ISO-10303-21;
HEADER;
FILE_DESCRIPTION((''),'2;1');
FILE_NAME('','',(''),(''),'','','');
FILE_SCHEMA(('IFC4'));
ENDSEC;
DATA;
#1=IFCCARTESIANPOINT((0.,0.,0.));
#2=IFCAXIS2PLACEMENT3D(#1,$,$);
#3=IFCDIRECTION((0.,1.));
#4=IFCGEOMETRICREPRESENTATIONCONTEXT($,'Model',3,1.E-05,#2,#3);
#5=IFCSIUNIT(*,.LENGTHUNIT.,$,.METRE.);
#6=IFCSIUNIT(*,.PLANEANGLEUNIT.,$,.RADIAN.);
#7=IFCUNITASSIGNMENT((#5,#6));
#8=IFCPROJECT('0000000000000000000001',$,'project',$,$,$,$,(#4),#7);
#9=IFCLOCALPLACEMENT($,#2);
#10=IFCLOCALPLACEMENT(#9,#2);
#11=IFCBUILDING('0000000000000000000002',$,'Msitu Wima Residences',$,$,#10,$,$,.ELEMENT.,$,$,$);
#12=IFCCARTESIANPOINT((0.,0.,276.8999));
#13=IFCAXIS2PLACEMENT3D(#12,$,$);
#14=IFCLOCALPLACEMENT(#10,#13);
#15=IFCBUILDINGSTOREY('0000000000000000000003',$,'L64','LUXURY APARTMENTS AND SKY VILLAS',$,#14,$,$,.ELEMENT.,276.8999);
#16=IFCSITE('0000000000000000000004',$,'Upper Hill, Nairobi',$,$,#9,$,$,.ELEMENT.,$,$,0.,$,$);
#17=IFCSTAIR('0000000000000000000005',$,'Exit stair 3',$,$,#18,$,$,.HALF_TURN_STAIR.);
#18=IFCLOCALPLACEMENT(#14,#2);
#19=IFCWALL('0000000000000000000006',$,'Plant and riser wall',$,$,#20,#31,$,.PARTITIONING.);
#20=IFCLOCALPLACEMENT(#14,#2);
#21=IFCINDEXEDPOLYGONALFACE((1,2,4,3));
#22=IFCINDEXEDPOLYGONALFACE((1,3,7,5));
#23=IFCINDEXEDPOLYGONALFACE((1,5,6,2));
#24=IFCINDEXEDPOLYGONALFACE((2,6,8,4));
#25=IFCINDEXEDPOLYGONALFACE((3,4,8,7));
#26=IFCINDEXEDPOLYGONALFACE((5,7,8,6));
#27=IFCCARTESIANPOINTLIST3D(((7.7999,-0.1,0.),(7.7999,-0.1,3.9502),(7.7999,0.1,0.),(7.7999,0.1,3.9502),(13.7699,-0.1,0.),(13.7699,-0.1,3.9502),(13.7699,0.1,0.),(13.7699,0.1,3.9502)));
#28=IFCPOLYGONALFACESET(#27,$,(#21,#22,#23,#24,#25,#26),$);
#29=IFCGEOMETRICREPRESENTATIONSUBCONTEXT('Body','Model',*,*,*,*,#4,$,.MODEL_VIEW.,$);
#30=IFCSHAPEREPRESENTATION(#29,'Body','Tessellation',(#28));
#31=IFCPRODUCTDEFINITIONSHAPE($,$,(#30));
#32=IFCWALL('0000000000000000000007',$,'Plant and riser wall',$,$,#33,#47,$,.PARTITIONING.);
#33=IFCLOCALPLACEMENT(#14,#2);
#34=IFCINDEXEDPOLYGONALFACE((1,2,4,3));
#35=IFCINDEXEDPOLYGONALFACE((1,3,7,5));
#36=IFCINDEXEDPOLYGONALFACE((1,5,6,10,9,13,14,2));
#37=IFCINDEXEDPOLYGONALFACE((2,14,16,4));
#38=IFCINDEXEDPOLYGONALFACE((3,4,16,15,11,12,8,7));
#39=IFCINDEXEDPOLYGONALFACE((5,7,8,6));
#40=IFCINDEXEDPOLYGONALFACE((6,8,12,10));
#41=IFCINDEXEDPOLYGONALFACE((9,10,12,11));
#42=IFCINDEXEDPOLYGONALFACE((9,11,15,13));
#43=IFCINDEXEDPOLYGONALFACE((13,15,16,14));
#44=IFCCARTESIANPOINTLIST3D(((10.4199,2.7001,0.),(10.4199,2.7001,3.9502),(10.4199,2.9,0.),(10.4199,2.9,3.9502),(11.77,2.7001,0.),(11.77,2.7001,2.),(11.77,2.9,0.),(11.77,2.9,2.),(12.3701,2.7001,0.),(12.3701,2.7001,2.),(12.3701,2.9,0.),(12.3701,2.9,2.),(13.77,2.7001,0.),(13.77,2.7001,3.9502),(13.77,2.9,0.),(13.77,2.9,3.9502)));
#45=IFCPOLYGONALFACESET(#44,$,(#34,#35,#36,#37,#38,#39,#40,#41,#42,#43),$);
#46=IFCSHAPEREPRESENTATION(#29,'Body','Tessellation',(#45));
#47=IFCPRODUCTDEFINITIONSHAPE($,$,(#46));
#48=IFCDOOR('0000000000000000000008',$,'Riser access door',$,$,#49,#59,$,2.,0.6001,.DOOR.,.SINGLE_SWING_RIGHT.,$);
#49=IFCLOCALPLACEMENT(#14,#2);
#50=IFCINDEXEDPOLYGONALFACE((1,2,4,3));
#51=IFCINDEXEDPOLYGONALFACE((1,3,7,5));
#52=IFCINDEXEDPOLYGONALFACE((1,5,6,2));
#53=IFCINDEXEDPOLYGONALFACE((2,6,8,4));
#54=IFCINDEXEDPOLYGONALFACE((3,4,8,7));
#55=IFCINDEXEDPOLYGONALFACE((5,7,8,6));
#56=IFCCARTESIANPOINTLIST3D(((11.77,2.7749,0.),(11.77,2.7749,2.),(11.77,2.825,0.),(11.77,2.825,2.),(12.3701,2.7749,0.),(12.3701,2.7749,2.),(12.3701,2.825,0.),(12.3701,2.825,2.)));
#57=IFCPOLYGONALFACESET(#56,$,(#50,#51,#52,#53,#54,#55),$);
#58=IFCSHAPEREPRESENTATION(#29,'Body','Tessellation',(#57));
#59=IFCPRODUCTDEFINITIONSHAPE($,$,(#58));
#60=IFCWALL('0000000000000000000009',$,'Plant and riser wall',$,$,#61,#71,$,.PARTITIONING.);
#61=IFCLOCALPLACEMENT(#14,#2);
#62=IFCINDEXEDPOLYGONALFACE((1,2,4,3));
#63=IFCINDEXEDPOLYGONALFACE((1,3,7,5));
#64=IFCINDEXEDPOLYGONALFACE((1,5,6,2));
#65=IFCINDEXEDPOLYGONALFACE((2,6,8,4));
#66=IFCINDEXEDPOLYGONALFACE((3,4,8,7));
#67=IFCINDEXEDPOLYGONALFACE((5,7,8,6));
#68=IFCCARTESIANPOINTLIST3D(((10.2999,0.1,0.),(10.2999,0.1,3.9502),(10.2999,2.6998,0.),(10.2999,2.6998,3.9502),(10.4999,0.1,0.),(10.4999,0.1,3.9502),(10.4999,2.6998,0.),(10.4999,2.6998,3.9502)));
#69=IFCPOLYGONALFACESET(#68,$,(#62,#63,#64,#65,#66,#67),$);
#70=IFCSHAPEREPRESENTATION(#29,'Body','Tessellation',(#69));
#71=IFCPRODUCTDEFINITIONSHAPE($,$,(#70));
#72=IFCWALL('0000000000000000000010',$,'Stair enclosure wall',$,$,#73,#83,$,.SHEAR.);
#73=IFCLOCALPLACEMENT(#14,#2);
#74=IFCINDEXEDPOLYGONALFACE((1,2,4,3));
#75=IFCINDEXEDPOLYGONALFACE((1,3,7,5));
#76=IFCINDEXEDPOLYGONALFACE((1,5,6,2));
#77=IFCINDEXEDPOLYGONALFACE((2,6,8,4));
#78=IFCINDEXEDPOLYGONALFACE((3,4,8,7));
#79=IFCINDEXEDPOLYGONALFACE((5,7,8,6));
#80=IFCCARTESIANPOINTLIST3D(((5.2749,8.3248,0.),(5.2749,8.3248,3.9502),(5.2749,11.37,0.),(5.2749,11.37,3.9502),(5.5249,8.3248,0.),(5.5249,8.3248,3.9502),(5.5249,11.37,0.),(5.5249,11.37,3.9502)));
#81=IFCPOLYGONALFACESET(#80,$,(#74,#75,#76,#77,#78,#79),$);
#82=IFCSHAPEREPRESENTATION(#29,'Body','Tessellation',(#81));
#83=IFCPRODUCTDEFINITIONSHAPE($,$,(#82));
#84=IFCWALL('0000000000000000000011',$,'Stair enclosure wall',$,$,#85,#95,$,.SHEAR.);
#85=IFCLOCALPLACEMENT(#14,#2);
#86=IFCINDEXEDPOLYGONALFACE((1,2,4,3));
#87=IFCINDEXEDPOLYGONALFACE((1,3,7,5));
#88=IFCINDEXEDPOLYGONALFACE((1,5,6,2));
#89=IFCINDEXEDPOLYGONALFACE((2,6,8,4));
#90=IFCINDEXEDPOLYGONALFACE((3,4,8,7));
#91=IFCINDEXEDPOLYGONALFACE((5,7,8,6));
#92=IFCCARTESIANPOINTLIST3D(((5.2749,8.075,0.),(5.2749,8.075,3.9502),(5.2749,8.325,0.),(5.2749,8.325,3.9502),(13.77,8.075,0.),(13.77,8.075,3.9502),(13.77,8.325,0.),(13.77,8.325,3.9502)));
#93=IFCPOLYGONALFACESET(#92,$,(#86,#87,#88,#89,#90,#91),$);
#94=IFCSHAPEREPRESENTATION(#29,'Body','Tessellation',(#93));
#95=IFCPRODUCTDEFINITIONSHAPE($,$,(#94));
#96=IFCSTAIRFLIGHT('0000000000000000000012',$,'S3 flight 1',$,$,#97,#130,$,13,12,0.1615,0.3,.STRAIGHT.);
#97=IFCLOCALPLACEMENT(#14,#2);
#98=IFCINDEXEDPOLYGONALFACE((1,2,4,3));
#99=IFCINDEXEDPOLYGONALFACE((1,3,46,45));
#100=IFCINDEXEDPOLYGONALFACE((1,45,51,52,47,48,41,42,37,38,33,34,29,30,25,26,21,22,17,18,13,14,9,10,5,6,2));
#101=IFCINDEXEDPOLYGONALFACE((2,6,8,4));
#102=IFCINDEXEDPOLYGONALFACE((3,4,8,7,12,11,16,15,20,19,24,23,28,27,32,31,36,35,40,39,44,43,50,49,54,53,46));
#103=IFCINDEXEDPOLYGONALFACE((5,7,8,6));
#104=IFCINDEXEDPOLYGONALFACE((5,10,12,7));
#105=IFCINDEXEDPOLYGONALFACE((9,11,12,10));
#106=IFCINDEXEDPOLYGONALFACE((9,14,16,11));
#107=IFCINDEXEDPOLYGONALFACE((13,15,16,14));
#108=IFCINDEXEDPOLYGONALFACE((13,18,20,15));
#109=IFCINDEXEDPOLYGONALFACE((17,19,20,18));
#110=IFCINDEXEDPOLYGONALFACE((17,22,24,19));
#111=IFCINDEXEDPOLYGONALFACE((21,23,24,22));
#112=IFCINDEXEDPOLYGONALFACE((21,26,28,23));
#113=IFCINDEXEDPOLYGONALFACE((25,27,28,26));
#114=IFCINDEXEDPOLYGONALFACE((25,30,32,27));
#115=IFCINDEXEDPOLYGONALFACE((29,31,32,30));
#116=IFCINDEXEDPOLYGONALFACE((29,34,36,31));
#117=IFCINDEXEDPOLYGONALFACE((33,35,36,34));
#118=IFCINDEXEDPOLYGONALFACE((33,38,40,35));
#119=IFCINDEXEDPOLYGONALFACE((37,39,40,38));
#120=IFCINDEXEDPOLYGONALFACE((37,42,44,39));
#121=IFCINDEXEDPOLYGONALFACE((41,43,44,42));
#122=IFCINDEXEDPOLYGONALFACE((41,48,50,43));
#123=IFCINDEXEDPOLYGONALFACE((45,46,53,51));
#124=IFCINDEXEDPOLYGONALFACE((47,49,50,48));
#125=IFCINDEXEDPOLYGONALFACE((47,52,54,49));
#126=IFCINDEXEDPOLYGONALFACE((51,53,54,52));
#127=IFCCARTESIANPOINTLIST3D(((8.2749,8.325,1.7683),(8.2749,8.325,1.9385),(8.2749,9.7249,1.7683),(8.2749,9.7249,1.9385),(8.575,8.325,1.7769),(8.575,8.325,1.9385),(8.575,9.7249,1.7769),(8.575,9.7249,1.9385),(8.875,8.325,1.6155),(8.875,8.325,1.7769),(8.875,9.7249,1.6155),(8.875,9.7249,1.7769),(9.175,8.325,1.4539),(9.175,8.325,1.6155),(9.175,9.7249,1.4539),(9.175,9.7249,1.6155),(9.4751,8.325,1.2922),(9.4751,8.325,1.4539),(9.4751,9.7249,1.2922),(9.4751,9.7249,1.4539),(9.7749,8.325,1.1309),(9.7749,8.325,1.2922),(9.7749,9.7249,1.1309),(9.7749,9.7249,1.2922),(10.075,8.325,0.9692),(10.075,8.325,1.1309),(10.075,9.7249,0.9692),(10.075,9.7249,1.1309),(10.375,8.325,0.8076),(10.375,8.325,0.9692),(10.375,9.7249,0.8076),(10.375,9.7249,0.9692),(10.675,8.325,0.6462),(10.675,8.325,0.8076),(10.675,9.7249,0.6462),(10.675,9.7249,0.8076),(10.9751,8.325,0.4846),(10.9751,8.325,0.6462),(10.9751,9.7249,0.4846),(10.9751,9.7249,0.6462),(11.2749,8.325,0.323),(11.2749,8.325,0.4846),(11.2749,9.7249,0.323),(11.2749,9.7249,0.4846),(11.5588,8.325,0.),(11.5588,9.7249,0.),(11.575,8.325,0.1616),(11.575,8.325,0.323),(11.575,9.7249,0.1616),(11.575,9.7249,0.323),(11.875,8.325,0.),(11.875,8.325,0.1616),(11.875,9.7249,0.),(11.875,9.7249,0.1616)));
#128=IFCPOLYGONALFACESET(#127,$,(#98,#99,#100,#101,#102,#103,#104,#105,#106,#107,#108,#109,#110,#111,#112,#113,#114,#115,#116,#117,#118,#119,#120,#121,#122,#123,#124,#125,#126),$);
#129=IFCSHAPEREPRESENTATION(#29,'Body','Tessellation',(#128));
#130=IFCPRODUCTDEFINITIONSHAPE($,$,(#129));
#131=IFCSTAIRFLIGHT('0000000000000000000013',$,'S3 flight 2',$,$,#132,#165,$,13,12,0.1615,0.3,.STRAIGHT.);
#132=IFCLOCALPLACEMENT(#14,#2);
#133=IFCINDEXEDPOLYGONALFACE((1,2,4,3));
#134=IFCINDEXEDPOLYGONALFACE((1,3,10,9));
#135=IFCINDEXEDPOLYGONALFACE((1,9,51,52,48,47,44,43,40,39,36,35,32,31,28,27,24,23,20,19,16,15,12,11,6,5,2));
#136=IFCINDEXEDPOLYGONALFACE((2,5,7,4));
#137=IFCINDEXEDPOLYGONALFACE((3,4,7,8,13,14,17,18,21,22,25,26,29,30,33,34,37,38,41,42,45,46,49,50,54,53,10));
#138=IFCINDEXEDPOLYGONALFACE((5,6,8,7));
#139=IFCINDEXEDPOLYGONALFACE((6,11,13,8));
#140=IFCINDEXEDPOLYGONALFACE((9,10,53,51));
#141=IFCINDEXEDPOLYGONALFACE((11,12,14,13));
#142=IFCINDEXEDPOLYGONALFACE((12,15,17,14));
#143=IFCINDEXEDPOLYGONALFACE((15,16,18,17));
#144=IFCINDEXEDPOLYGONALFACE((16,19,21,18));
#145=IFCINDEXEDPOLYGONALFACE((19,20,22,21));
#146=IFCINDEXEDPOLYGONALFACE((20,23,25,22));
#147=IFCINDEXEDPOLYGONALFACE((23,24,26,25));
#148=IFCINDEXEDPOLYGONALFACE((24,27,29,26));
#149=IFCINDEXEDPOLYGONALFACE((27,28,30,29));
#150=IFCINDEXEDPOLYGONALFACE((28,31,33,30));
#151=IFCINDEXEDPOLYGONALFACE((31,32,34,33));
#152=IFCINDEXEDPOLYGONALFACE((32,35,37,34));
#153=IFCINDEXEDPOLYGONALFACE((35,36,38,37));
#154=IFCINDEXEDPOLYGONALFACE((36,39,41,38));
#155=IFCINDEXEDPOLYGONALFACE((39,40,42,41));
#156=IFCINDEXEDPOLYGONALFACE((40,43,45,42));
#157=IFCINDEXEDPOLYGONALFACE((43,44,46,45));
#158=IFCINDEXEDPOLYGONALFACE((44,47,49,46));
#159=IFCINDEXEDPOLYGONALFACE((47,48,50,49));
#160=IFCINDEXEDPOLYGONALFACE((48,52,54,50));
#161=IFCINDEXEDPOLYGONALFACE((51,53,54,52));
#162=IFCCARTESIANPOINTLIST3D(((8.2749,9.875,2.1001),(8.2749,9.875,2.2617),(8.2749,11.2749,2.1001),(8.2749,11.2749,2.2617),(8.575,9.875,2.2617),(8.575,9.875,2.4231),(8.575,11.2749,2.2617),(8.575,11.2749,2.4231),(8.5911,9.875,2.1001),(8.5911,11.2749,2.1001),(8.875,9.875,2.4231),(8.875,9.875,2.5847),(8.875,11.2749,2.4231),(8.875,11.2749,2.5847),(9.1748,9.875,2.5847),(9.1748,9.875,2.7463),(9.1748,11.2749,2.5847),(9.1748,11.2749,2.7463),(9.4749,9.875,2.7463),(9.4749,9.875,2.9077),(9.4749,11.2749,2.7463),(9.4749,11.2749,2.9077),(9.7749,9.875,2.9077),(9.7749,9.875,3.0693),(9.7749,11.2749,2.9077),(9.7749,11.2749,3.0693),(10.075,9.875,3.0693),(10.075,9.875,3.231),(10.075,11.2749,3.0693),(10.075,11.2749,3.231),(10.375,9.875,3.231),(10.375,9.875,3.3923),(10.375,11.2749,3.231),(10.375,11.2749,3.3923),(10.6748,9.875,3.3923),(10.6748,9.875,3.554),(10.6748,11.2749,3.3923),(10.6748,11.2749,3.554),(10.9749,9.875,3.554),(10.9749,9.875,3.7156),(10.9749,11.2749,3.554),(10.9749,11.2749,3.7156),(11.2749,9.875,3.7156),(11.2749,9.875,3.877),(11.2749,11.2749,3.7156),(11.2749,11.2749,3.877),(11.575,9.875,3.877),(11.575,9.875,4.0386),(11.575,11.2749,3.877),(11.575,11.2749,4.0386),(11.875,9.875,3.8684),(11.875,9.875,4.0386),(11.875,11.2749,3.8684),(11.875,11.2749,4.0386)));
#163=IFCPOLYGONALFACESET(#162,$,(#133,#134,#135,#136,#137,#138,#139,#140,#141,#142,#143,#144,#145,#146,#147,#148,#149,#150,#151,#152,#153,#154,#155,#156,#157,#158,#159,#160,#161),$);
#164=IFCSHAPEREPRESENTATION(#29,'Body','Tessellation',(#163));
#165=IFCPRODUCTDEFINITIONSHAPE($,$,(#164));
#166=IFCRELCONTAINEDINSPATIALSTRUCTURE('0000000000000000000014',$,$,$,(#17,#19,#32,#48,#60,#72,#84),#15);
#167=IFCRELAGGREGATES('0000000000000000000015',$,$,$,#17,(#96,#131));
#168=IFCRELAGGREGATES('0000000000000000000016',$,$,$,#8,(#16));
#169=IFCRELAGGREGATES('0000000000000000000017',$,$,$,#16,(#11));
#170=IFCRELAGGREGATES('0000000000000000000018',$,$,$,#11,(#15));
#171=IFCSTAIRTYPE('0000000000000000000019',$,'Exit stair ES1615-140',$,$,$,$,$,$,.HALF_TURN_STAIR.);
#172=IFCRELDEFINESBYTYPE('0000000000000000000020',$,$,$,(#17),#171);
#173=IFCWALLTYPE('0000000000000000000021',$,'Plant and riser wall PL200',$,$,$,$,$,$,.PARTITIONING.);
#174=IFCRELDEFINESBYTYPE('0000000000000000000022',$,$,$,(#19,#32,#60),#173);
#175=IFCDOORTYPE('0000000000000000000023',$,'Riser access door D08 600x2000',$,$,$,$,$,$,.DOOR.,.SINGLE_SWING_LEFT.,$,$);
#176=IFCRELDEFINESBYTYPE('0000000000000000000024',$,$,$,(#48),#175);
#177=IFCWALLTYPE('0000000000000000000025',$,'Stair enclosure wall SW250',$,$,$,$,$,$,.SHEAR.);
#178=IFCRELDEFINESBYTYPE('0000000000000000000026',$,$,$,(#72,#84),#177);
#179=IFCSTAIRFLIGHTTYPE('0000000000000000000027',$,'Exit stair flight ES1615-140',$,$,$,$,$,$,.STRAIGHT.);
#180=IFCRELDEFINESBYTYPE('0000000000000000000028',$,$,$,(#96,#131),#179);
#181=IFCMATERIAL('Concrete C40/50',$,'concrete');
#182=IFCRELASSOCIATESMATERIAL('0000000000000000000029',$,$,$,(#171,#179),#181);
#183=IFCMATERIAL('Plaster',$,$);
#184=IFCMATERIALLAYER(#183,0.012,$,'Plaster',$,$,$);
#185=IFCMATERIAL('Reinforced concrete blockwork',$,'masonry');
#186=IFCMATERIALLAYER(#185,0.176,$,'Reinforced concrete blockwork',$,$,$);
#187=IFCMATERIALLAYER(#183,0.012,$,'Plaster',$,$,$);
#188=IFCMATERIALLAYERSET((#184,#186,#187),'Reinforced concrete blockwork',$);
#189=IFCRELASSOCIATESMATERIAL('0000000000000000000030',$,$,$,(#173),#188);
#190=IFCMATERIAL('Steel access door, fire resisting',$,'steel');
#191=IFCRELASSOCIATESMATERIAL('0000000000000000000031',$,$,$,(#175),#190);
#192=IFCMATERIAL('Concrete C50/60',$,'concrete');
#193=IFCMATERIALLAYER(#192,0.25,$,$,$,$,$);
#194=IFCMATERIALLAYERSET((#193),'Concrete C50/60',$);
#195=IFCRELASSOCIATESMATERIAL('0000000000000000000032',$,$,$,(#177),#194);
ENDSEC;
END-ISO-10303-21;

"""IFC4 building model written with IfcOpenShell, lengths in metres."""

from ifc_helpers import new_model, si_unit, direction, frame, frame_2d, origin, place, context, subcontext, project, spatial, polyline, rectangle, outline, extrude, material, layer, layer_set, type_object, element, fill, aggregate, save


model = new_model("IFC4")

# Units and contexts
model_context = context("Model", 3, precision=1e-05, world=origin(), true_north=direction((0.0, 1.0)))
body_context = subcontext(model_context, "Body", "Model", "MODEL_VIEW")
ifc_project = project(units=[si_unit("LENGTHUNIT", "METRE"), si_unit("PLANEANGLEUNIT", "RADIAN")], contexts=[model_context])

# Site, building, storey
site_placement = place(None, origin())
site = spatial("IfcSite", under=ifc_project, at=site_placement, Name="Upper Hill, Nairobi", CompositionType="ELEMENT", RefElevation=0.0)
building_placement = place(site_placement, origin())
building = spatial("IfcBuilding", under=site, at=building_placement, Name="Msitu Wima Residences", CompositionType="ELEMENT")
storey_placement = place(building_placement, frame((0.0, 0.0, 276.8999)))
storey = spatial("IfcBuildingStorey", under=building, at=storey_placement, Name="L64", Description="LUXURY APARTMENTS AND SKY VILLAS", CompositionType="ELEMENT", Elevation=276.8999)

# Shared definitions
ifc_material_1 = material(Name="Concrete C40/50", Category="concrete")

# Stair
stair_type = type_object("IfcStairType", Name="Exit stair ES1615-140", PredefinedType="HALF_TURN_STAIR", material=ifc_material_1)
stair_1_placement = place(storey_placement, origin())
stair_1 = element("IfcStair", 1, at=stair_1_placement, inside=storey, type_object=stair_type, Name="Exit stair 3", PredefinedType="HALF_TURN_STAIR")

# Shared definitions
ifc_material_2 = material(Name="Plaster")

# Wall
ifc_layer_1 = layer(ifc_material_2, 0.012, Name="Plaster")
ifc_material_3 = material(Name="Reinforced concrete blockwork", Category="masonry")
ifc_layer_2 = layer(ifc_material_3, 0.176, Name="Reinforced concrete blockwork")
ifc_layer_3 = layer(ifc_material_2, 0.012, Name="Plaster")
ifc_layer_set_1 = layer_set([ifc_layer_1, ifc_layer_2, ifc_layer_3], Name="Reinforced concrete blockwork")
wall_type_1 = type_object("IfcWallType", Name="Plant and riser wall PL200", PredefinedType="PARTITIONING", material=ifc_layer_set_1)
wall_1_placement = place(storey_placement, frame((7.8, 0.0, 0.0), z_axis=(0.0, 0.0, 1.0), x_axis=(1.0, 0.0, 0.0)))
element("IfcWall", 2, at=wall_1_placement, inside=storey, type_object=wall_type_1, Name="Plant and riser wall", PredefinedType="PARTITIONING", context=body_context, shape_type="SweptSolid", body=[
    extrude(rectangle(XDim=5.97, YDim=0.2, at=frame_2d((2.9849, 0.0))), origin(), (0.0, 0.0, 1.0), 3.9502),
])

# Wall, opening, door
wall_2_placement = place(storey_placement, frame((10.4199, 2.8, 0.0), z_axis=(0.0, 0.0, 1.0), x_axis=(1.0, 0.0, 0.0)))
wall_2 = element("IfcWall", 3, at=wall_2_placement, inside=storey, type_object=wall_type_1, Name="Plant and riser wall", PredefinedType="PARTITIONING", context=body_context, shape_type="SweptSolid", body=[
    extrude(rectangle(XDim=3.3501, YDim=0.2, at=frame_2d((1.675, 0.0))), origin(), (0.0, 0.0, 1.0), 3.9502),
])
opening_1_placement = place(wall_2_placement, frame((1.3501, 0.0, 0.0)))
opening_1 = element("IfcOpeningElement", 4, at=opening_1_placement, cuts=wall_2, PredefinedType="OPENING", context=body_context, shape_type="SweptSolid", body=[
    extrude(rectangle(XDim=0.6001, YDim=2.0, at=frame_2d((0.3, 1.0))), frame((0.0, 0.1099, 0.0), z_axis=(0.0, -1.0, 0.0), x_axis=(1.0, 0.0, 0.0)), (0.0, 0.0, 1.0), 0.22),
])
ifc_material_4 = material(Name="Steel access door, fire resisting", Category="steel")
door_type_1 = type_object("IfcDoorType", Name="Riser access door D08 600x2000", OperationType="SINGLE_SWING_LEFT", PredefinedType="DOOR", material=ifc_material_4)
door_1_placement = place(opening_1_placement, origin())
door_1 = element("IfcDoor", 5, at=door_1_placement, inside=storey, type_object=door_type_1, Name="Riser access door", OperationType="SINGLE_SWING_RIGHT", OverallHeight=2.0, OverallWidth=0.6001, PredefinedType="DOOR", context=body_context, shape_type="SweptSolid", body=[
    extrude(rectangle(XDim=0.6001, YDim=2.0, at=frame_2d((0.3, 1.0))), frame((0.0, 0.0249, 0.0), z_axis=(0.0, -1.0, 0.0), x_axis=(1.0, 0.0, 0.0)), (0.0, 0.0, 1.0), 0.05),
])
fill(opening_1, door_1)

# Walls
wall_3_placement = place(storey_placement, frame((10.3999, 0.1001, 0.0), z_axis=(0.0, 0.0, 1.0), x_axis=(0.0, 1.0, 0.0)))
element("IfcWall", 6, at=wall_3_placement, inside=storey, type_object=wall_type_1, Name="Plant and riser wall", PredefinedType="PARTITIONING", context=body_context, shape_type="SweptSolid", body=[
    extrude(rectangle(XDim=2.5999, YDim=0.2, at=frame_2d((1.2998, 0.0))), origin(), (0.0, 0.0, 1.0), 3.9502),
])
ifc_material_5 = material(Name="Concrete C50/60", Category="concrete")
ifc_layer_4 = layer(ifc_material_5, 0.25)
ifc_layer_set_2 = layer_set([ifc_layer_4], Name="Concrete C50/60")
wall_type_2 = type_object("IfcWallType", Name="Stair enclosure wall SW250", PredefinedType="SHEAR", material=ifc_layer_set_2)
wall_4_placement = place(storey_placement, frame((5.3999, 8.325, 0.0), z_axis=(0.0, 0.0, 1.0), x_axis=(0.0, 1.0, 0.0)))
element("IfcWall", 7, at=wall_4_placement, inside=storey, type_object=wall_type_2, Name="Stair enclosure wall", PredefinedType="SHEAR", context=body_context, shape_type="SweptSolid", body=[
    extrude(rectangle(XDim=3.0452, YDim=0.25, at=frame_2d((1.5225, 0.0))), origin(), (0.0, 0.0, 1.0), 3.9502),
])
wall_5_placement = place(storey_placement, frame((5.2749, 8.2, 0.0), z_axis=(0.0, 0.0, 1.0), x_axis=(1.0, 0.0, 0.0)))
element("IfcWall", 8, at=wall_5_placement, inside=storey, type_object=wall_type_2, Name="Stair enclosure wall", PredefinedType="SHEAR", context=body_context, shape_type="SweptSolid", body=[
    extrude(rectangle(XDim=8.4951, YDim=0.25, at=frame_2d((4.2476, 0.0))), origin(), (0.0, 0.0, 1.0), 3.9502),
])

# Stair flights
stair_flight_type = type_object("IfcStairFlightType", Name="Exit stair flight ES1615-140", PredefinedType="STRAIGHT", material=ifc_material_1)
stair_flight_1_placement = place(storey_placement, frame((11.875, 9.0249, 0.0), z_axis=(0.0, 0.0, 1.0), x_axis=(-1.0, 0.0, 0.0)))
stair_flight_1 = element("IfcStairFlight", 9, at=stair_flight_1_placement, type_object=stair_flight_type, Name="S3 flight 1", NumberOfRisers=13, NumberOfTreads=12, PredefinedType="STRAIGHT", RiserHeight=0.1615, TreadLength=0.3, context=body_context, shape_type="SweptSolid", body=[
    extrude(outline(polyline([(0.0, 0.0), (0.0, 0.1616), (0.3, 0.1616), (0.3, 0.323), (0.6001, 0.323), (0.6001, 0.4846), (0.8999, 0.4846), (0.8999, 0.6462), (1.2, 0.6462), (1.2, 0.8076), (1.5, 0.8076), (1.5, 0.9692), (1.8, 0.9692), (1.8, 1.1309), (2.1001, 1.1309), (2.1001, 1.2922), (2.3999, 1.2922), (2.3999, 1.4539), (2.7, 1.4539), (2.7, 1.6155), (3.0, 1.6155), (3.0, 1.7769), (3.3, 1.7769), (3.3, 1.9385), (3.6001, 1.9385), (3.6001, 2.1001), (3.6001, 1.7683), (0.3162, 0.0), (0.0, 0.0)])), frame((0.0, 0.7, 0.0), z_axis=(0.0, -1.0, 0.0), x_axis=(1.0, 0.0, 0.0)), (0.0, 0.0, 1.0), 1.3999),
])
stair_flight_2_placement = place(storey_placement, frame((8.2749, 10.575, 2.1001), z_axis=(0.0, 0.0, 1.0), x_axis=(1.0, 0.0, 0.0)))
stair_flight_2 = element("IfcStairFlight", 10, at=stair_flight_2_placement, type_object=stair_flight_type, Name="S3 flight 2", NumberOfRisers=13, NumberOfTreads=12, PredefinedType="STRAIGHT", RiserHeight=0.1615, TreadLength=0.3, context=body_context, shape_type="SweptSolid", body=[
    extrude(outline(polyline([(0.0, 0.0), (0.0, 0.1616), (0.3, 0.1616), (0.3, 0.323), (0.6001, 0.323), (0.6001, 0.4846), (0.8999, 0.4846), (0.8999, 0.6462), (1.2, 0.6462), (1.2, 0.8076), (1.5, 0.8076), (1.5, 0.9692), (1.8, 0.9692), (1.8, 1.1309), (2.1001, 1.1309), (2.1001, 1.2922), (2.3999, 1.2922), (2.3999, 1.4539), (2.7, 1.4539), (2.7, 1.6155), (3.0, 1.6155), (3.0, 1.7769), (3.3, 1.7769), (3.3, 1.9385), (3.6001, 1.9385), (3.6001, 2.1001), (3.6001, 1.7683), (0.3162, 0.0), (0.0, 0.0)])), frame((0.0, 0.7, 0.0), z_axis=(0.0, -1.0, 0.0), x_axis=(1.0, 0.0, 0.0)), (0.0, 0.0, 1.0), 1.3999),
])
aggregate(stair_1, [stair_flight_1, stair_flight_2])

save(model, "model.ifc")
